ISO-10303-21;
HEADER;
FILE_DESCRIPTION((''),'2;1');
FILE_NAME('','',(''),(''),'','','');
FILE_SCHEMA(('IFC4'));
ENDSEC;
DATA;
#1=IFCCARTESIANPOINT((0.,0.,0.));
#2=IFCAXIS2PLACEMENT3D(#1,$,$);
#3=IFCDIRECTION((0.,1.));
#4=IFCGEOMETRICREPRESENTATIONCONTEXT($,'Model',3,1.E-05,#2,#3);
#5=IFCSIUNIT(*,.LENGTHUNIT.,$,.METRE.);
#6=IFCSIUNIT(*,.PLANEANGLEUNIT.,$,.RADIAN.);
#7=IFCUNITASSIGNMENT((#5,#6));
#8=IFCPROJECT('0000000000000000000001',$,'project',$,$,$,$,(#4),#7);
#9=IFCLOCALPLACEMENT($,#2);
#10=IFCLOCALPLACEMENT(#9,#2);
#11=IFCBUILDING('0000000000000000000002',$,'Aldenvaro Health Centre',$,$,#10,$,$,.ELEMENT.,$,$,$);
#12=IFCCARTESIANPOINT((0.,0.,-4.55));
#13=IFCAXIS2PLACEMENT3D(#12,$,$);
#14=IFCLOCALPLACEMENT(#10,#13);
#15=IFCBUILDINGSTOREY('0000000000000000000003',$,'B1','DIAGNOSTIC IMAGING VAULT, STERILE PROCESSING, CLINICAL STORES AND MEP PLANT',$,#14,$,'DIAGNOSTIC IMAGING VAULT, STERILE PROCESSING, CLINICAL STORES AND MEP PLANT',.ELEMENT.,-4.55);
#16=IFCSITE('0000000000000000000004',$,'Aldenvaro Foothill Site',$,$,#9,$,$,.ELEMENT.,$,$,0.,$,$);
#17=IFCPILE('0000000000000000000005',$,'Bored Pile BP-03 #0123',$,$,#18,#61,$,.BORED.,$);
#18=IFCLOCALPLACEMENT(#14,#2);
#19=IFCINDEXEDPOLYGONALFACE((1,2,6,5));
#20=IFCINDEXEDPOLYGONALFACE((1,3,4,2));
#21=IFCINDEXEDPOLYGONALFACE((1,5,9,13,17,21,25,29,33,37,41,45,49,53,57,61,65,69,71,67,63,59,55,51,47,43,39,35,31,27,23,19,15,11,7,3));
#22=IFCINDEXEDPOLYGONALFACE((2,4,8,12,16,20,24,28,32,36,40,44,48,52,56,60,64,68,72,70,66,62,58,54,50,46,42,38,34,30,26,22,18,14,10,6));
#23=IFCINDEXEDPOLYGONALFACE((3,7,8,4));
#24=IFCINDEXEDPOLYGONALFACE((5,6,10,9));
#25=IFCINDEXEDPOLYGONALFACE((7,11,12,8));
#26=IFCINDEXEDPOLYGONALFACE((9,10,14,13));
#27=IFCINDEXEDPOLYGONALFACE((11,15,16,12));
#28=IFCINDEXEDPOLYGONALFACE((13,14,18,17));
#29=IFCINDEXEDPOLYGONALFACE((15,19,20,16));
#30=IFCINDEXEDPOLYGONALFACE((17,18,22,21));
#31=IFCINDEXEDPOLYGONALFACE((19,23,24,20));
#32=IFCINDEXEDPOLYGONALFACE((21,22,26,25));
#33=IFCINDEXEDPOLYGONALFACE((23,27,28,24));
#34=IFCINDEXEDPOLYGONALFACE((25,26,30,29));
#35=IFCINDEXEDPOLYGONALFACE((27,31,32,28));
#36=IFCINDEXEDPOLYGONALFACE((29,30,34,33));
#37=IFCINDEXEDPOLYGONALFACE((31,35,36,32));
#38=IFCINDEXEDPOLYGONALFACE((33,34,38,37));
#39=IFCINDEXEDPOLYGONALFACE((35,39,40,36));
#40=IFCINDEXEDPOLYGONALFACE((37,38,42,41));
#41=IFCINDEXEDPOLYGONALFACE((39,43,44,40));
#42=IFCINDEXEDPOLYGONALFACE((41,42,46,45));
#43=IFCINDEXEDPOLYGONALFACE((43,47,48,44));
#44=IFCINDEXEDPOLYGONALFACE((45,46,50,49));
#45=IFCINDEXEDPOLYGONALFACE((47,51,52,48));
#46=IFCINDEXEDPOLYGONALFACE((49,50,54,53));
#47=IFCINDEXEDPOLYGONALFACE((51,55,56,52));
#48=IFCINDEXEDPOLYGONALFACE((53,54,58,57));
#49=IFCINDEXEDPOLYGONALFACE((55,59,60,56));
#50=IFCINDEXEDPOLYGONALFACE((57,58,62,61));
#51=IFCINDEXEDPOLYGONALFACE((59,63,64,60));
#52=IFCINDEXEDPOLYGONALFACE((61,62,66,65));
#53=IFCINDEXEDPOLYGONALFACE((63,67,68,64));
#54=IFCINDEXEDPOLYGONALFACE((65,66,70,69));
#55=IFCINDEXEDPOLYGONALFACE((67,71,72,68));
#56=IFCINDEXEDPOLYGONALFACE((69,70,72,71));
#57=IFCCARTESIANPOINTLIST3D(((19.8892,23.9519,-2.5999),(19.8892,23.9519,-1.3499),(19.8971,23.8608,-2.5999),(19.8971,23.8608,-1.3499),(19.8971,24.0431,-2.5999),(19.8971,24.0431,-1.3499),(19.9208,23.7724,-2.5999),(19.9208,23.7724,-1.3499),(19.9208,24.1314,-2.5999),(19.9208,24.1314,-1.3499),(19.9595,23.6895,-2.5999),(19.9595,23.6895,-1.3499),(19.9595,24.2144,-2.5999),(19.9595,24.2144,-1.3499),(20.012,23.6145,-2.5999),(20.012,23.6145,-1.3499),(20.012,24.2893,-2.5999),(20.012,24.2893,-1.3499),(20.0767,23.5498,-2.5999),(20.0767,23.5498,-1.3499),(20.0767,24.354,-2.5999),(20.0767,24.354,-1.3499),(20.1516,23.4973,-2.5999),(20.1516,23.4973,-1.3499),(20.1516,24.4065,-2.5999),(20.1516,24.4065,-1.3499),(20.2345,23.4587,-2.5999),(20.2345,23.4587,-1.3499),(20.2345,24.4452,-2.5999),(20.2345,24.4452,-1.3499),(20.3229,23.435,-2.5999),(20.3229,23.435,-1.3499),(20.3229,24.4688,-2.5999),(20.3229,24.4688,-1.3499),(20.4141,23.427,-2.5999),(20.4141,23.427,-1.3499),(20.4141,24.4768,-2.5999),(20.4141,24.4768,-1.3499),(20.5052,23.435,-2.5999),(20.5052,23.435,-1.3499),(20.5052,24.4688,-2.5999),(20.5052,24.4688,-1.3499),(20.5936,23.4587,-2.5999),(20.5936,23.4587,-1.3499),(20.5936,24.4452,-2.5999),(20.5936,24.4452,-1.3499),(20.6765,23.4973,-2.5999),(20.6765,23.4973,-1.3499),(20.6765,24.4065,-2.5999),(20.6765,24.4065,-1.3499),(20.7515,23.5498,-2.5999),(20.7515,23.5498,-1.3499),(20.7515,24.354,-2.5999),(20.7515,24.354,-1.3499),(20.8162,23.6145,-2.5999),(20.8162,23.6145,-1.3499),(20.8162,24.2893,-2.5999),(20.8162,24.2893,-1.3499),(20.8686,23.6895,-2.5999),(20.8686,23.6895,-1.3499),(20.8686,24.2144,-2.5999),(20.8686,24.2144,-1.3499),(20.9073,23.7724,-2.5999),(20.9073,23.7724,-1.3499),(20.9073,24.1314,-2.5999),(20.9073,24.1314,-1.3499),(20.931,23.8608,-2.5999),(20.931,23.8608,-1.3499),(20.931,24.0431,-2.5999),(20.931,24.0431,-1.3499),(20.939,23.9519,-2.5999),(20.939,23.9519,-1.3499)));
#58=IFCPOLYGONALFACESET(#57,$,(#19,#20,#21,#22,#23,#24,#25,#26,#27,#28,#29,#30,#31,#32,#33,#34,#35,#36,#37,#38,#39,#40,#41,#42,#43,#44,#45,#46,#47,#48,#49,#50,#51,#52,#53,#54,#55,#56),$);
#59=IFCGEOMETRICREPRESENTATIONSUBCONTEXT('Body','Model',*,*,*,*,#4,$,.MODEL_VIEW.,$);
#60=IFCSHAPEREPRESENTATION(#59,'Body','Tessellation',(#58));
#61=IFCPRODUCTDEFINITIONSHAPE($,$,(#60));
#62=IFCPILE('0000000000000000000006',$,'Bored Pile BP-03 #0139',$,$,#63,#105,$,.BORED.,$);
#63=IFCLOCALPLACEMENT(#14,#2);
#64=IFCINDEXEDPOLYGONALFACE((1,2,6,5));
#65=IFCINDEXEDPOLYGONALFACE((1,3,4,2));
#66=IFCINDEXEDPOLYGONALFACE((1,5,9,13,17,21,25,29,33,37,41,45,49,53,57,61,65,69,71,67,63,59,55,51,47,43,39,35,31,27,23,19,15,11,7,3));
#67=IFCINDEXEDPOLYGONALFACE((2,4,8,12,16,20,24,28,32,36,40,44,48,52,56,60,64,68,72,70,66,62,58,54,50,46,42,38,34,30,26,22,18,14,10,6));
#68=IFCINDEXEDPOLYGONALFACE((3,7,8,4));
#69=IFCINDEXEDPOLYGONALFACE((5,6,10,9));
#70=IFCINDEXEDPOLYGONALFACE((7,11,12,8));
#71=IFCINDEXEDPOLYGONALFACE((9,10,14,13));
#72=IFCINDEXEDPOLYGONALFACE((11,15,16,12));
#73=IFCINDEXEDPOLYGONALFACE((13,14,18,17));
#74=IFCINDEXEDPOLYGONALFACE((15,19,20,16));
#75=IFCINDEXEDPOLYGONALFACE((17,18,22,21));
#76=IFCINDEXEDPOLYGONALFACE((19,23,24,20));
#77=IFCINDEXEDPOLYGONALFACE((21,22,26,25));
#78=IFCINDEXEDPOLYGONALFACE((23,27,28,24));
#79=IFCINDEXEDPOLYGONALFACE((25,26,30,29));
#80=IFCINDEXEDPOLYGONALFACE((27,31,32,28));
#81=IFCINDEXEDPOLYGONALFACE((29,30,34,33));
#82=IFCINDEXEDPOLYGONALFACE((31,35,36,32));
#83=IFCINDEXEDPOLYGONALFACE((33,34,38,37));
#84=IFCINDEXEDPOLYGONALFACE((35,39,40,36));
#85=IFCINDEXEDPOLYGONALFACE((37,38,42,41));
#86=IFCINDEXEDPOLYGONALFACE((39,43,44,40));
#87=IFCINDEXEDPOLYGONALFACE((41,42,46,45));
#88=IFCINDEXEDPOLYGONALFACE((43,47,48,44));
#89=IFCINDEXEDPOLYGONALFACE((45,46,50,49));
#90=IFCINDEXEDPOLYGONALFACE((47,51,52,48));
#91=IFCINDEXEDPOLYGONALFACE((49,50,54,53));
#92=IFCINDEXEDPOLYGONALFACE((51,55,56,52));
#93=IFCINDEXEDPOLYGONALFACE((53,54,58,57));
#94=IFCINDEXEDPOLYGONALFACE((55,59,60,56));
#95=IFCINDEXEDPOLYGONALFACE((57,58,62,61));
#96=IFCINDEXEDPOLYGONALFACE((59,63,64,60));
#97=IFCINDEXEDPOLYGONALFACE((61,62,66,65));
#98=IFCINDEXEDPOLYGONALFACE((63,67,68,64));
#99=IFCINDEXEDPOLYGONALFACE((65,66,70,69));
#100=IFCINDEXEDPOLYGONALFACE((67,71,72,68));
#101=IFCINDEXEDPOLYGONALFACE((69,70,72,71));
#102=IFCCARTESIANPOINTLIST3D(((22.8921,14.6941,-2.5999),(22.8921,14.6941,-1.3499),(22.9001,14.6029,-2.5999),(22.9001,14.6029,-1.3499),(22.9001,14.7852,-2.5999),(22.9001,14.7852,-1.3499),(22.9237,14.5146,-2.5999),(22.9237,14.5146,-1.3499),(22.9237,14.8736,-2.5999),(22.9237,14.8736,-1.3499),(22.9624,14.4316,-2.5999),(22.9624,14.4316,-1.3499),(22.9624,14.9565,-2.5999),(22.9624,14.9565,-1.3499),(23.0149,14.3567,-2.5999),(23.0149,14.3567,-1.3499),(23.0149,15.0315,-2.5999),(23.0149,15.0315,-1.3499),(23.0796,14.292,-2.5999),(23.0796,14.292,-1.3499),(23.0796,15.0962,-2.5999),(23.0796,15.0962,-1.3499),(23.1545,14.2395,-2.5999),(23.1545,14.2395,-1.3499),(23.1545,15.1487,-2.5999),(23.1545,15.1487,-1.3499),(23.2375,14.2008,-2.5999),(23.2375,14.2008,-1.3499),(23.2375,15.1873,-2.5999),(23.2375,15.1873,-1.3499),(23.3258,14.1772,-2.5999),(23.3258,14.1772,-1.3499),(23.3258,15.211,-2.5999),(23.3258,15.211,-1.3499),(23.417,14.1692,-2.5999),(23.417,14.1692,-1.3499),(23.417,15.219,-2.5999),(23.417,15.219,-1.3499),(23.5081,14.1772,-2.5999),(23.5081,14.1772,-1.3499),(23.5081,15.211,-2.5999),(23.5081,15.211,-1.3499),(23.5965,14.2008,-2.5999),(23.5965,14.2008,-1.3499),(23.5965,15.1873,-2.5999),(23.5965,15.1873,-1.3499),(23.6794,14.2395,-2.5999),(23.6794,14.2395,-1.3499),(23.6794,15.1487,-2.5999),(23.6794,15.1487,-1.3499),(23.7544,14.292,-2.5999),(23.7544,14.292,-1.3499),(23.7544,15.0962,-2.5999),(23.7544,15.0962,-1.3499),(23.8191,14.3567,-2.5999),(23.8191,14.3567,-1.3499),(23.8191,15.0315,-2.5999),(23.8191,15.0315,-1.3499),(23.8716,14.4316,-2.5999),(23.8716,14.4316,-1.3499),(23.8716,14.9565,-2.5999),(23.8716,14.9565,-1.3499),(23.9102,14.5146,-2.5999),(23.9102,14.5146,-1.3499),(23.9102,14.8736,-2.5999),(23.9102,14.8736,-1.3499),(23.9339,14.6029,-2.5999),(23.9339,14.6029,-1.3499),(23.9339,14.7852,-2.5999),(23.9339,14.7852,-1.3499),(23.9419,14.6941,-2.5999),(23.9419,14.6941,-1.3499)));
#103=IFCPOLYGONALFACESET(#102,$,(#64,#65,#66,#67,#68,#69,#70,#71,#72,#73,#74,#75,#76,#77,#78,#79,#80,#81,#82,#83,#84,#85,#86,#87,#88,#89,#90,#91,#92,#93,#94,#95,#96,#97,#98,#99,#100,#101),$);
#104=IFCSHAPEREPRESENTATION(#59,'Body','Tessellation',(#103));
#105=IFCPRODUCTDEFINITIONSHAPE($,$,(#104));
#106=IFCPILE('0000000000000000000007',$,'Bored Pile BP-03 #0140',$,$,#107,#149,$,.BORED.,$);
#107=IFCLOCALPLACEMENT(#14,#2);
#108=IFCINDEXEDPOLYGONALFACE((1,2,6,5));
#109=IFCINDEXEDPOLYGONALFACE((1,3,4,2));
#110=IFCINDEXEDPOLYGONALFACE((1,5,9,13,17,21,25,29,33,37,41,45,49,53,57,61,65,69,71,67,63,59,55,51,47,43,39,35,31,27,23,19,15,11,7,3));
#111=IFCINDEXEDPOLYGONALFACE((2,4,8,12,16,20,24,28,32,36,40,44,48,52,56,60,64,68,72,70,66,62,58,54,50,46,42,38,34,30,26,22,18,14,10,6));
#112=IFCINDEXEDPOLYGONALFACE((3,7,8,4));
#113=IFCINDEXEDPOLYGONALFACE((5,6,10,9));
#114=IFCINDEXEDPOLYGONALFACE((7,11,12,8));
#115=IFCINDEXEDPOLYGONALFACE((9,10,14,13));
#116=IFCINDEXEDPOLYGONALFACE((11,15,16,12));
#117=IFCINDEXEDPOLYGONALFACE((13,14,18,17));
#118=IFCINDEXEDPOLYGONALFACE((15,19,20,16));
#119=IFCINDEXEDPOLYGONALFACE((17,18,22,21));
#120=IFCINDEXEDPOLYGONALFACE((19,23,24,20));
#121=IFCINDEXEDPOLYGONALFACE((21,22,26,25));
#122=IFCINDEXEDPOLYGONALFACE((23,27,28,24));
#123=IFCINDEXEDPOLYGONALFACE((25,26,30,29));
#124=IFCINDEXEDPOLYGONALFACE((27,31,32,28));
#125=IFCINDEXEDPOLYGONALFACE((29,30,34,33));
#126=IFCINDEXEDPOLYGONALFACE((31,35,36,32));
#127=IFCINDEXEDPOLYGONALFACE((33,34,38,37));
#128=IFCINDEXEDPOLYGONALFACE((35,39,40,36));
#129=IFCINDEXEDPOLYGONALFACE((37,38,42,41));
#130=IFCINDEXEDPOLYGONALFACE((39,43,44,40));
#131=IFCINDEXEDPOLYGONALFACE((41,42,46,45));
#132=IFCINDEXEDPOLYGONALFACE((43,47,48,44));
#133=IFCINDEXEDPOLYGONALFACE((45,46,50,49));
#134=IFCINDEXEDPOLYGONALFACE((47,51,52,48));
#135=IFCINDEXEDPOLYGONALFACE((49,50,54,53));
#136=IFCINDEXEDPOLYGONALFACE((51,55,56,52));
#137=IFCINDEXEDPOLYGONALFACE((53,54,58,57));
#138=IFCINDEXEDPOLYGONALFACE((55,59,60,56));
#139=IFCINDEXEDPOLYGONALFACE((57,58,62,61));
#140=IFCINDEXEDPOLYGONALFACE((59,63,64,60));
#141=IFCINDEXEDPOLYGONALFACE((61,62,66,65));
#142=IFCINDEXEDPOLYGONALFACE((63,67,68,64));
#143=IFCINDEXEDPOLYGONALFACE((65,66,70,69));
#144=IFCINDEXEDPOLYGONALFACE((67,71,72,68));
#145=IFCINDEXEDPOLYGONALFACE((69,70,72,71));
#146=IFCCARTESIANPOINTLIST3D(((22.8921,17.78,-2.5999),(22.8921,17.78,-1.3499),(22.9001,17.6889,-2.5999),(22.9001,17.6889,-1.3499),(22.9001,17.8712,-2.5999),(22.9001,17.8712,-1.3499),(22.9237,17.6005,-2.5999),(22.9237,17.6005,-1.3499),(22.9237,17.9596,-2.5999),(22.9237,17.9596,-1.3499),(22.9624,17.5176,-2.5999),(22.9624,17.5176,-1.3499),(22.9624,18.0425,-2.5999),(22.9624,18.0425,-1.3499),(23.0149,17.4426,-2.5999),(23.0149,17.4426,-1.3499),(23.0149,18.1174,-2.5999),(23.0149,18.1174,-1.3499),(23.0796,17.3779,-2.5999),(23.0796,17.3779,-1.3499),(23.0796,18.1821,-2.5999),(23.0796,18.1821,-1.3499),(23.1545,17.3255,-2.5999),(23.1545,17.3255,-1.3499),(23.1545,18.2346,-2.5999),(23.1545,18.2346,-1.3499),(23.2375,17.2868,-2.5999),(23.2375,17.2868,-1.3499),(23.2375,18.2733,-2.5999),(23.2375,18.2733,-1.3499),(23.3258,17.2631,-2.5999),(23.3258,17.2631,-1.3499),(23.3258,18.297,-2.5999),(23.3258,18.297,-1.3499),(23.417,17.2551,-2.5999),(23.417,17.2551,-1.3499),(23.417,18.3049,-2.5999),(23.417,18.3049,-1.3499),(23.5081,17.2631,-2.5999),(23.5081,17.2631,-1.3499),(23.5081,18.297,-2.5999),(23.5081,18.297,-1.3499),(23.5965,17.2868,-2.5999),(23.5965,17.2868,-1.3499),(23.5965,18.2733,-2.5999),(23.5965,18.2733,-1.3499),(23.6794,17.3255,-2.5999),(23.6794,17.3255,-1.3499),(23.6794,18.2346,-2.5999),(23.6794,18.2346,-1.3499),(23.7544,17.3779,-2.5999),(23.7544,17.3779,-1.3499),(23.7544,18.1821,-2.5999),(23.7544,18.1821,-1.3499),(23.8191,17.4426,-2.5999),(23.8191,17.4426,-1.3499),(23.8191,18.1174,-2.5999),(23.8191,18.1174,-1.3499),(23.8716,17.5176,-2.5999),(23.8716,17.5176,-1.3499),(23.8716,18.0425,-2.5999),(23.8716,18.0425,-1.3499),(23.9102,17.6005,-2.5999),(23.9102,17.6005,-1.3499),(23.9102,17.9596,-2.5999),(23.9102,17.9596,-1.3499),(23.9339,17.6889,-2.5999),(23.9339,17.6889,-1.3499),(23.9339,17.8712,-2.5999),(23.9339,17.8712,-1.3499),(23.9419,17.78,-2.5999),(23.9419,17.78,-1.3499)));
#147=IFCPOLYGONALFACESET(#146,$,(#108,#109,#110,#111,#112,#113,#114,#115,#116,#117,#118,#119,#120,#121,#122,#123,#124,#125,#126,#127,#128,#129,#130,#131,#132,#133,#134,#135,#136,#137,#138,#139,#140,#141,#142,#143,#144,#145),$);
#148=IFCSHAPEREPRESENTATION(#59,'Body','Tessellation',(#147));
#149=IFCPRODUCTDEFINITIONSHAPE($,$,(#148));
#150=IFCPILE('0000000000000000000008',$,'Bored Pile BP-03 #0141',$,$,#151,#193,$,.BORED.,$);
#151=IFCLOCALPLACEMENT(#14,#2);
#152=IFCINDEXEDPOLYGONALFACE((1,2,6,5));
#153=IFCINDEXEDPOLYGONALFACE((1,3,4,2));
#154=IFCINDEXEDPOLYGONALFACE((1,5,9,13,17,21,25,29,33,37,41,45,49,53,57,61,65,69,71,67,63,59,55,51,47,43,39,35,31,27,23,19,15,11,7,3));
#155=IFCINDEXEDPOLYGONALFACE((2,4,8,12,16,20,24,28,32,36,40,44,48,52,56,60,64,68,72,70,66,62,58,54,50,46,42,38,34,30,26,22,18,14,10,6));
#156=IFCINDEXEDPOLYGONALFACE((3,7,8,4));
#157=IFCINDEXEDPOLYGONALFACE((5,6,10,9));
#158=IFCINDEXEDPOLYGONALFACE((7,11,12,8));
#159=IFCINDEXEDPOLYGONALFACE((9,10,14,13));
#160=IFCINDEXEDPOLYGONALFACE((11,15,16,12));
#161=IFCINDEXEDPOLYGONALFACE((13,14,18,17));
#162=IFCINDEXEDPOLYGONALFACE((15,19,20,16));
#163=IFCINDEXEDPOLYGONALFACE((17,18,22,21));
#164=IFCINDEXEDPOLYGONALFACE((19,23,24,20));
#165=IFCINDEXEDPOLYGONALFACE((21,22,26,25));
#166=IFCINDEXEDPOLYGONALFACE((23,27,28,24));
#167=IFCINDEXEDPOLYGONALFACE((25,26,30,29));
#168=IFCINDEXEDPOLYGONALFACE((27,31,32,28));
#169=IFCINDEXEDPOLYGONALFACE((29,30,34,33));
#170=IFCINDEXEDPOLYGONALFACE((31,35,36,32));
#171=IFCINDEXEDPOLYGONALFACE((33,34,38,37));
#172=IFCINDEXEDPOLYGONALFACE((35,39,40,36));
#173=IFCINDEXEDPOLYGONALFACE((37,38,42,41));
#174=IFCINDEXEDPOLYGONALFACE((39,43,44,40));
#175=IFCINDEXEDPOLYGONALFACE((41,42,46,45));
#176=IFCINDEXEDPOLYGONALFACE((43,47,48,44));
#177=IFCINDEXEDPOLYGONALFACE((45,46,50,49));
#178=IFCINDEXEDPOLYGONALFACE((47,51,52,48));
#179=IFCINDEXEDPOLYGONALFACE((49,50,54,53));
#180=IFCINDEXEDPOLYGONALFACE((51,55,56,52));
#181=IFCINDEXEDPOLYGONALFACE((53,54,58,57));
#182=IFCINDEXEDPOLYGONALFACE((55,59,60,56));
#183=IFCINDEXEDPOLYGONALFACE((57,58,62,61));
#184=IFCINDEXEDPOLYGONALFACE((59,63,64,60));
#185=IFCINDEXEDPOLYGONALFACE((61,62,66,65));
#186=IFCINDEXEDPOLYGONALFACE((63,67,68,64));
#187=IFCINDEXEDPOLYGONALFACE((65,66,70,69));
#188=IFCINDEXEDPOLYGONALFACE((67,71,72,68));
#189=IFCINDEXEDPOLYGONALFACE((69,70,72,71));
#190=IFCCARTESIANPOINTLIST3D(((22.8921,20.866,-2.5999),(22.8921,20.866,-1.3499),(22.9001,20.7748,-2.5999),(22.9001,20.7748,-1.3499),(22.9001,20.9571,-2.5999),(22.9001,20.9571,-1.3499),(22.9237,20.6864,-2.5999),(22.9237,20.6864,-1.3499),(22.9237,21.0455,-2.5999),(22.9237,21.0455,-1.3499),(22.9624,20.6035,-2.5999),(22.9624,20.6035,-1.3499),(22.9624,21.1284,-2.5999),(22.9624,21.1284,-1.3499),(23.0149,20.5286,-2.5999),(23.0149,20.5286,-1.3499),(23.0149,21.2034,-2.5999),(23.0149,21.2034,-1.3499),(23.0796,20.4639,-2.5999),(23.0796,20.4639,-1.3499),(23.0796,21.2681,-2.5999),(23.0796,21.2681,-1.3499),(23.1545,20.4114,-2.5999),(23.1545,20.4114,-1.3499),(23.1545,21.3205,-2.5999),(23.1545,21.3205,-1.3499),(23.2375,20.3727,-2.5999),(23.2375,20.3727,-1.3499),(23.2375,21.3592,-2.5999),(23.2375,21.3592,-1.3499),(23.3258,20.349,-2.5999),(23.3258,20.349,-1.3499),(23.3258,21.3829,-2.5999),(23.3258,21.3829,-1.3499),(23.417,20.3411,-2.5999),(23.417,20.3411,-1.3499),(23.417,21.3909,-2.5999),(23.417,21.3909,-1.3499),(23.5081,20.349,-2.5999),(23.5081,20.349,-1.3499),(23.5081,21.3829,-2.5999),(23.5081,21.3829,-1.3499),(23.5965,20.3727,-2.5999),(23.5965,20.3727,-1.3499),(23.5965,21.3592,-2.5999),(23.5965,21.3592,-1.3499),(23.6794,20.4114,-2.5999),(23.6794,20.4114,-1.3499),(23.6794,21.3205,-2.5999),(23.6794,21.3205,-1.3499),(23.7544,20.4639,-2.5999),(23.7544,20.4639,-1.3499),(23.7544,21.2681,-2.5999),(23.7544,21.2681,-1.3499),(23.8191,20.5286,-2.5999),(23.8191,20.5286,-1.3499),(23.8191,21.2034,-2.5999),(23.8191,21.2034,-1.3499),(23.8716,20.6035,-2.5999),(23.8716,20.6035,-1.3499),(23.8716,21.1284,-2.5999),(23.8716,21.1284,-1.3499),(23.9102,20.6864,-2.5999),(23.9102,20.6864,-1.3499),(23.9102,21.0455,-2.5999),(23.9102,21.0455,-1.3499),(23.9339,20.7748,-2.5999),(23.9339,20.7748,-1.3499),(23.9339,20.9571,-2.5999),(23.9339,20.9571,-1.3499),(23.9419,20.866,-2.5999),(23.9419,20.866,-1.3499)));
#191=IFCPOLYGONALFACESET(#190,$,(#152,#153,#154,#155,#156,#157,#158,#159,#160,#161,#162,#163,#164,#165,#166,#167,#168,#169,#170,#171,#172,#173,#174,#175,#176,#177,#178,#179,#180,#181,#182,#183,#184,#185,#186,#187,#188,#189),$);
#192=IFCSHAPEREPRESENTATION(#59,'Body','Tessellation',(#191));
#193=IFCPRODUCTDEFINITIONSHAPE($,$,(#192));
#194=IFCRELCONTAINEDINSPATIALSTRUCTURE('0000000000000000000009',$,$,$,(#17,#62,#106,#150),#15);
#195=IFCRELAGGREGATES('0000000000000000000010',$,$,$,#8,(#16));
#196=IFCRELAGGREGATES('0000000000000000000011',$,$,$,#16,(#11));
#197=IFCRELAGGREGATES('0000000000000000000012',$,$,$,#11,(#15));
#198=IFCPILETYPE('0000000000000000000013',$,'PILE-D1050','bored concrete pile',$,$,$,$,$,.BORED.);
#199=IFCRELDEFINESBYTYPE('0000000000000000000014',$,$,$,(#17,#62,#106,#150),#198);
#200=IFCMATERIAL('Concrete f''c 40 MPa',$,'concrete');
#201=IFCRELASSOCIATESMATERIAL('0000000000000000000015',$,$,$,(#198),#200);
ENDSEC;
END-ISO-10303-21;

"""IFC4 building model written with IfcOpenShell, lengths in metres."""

from ifc_helpers import new_model, si_unit, direction, frame, origin, origin_2d, place, context, subcontext, project, spatial, circle, extrude, material, material_profile, profile_set, type_object, element, save


model = new_model("IFC4")

# Units and contexts
model_context = context("Model", 3, precision=1e-05, world=origin(), true_north=direction((0.0, 1.0)))
body_context = subcontext(model_context, "Body", "Model", "MODEL_VIEW")
ifc_project = project(units=[si_unit("LENGTHUNIT", "METRE"), si_unit("PLANEANGLEUNIT", "RADIAN")], contexts=[model_context])

# Site, building, storey
site_placement = place(None, origin())
site = spatial("IfcSite", under=ifc_project, at=site_placement, Name="Aldenvaro Foothill Site", CompositionType="ELEMENT", RefElevation=0.0)
building_placement = place(site_placement, origin())
building = spatial("IfcBuilding", under=site, at=building_placement, Name="Aldenvaro Health Centre", CompositionType="ELEMENT")
storey_placement = place(building_placement, frame((0.0, 0.0, -4.55)))
storey = spatial("IfcBuildingStorey", under=building, at=storey_placement, Name="B1", Description="DIAGNOSTIC IMAGING VAULT, STERILE PROCESSING, CLINICAL STORES AND MEP PLANT", LongName="DIAGNOSTIC IMAGING VAULT, STERILE PROCESSING, CLINICAL STORES AND MEP PLANT", CompositionType="ELEMENT", Elevation=-4.55)

# Piles
ifc_material_1 = material(Name="Concrete f'c 40 MPa", Category="concrete")
ifc_material_profile_1 = material_profile(ifc_material_1, circle(Radius=0.5249, at=origin_2d()), Name="PILE D1050", Category="concrete")
ifc_profile_set_1 = profile_set([ifc_material_profile_1], Name="Concrete f'c 40 MPa")
pile_type = type_object("IfcPileType", Name="PILE-D1050", Description="bored concrete pile", PredefinedType="BORED", material=ifc_profile_set_1)
for number, where, z_axis, x_axis, name in (
    (1, (20.4141, 23.9519, -1.3499), (0.0, 0.0, -1.0), (1.0, 0.0, 0.0), "Bored Pile BP-03 #0123"),
    (2, (23.417, 14.6941, -1.3499), (0.0, 0.0, -1.0), (1.0, 0.0, 0.0), "Bored Pile BP-03 #0139"),
    (3, (23.417, 17.78, -1.3499), (0.0, 0.0, -1.0), (1.0, 0.0, 0.0), "Bored Pile BP-03 #0140"),
    (4, (23.417, 20.866, -1.3499), (0.0, 0.0, -1.0), (1.0, 0.0, 0.0), "Bored Pile BP-03 #0141"),
):
    element("IfcPile", number, at=place(storey_placement, frame(where, z_axis=z_axis, x_axis=x_axis)), inside=storey, type_object=pile_type, Name=name, PredefinedType="BORED", context=body_context, shape_type="SweptSolid", body=[
        extrude(circle(Radius=0.5249, at=origin_2d()), origin(), (0.0, 0.0, 1.0), 1.25),
    ])

save(model, "model.ifc")
